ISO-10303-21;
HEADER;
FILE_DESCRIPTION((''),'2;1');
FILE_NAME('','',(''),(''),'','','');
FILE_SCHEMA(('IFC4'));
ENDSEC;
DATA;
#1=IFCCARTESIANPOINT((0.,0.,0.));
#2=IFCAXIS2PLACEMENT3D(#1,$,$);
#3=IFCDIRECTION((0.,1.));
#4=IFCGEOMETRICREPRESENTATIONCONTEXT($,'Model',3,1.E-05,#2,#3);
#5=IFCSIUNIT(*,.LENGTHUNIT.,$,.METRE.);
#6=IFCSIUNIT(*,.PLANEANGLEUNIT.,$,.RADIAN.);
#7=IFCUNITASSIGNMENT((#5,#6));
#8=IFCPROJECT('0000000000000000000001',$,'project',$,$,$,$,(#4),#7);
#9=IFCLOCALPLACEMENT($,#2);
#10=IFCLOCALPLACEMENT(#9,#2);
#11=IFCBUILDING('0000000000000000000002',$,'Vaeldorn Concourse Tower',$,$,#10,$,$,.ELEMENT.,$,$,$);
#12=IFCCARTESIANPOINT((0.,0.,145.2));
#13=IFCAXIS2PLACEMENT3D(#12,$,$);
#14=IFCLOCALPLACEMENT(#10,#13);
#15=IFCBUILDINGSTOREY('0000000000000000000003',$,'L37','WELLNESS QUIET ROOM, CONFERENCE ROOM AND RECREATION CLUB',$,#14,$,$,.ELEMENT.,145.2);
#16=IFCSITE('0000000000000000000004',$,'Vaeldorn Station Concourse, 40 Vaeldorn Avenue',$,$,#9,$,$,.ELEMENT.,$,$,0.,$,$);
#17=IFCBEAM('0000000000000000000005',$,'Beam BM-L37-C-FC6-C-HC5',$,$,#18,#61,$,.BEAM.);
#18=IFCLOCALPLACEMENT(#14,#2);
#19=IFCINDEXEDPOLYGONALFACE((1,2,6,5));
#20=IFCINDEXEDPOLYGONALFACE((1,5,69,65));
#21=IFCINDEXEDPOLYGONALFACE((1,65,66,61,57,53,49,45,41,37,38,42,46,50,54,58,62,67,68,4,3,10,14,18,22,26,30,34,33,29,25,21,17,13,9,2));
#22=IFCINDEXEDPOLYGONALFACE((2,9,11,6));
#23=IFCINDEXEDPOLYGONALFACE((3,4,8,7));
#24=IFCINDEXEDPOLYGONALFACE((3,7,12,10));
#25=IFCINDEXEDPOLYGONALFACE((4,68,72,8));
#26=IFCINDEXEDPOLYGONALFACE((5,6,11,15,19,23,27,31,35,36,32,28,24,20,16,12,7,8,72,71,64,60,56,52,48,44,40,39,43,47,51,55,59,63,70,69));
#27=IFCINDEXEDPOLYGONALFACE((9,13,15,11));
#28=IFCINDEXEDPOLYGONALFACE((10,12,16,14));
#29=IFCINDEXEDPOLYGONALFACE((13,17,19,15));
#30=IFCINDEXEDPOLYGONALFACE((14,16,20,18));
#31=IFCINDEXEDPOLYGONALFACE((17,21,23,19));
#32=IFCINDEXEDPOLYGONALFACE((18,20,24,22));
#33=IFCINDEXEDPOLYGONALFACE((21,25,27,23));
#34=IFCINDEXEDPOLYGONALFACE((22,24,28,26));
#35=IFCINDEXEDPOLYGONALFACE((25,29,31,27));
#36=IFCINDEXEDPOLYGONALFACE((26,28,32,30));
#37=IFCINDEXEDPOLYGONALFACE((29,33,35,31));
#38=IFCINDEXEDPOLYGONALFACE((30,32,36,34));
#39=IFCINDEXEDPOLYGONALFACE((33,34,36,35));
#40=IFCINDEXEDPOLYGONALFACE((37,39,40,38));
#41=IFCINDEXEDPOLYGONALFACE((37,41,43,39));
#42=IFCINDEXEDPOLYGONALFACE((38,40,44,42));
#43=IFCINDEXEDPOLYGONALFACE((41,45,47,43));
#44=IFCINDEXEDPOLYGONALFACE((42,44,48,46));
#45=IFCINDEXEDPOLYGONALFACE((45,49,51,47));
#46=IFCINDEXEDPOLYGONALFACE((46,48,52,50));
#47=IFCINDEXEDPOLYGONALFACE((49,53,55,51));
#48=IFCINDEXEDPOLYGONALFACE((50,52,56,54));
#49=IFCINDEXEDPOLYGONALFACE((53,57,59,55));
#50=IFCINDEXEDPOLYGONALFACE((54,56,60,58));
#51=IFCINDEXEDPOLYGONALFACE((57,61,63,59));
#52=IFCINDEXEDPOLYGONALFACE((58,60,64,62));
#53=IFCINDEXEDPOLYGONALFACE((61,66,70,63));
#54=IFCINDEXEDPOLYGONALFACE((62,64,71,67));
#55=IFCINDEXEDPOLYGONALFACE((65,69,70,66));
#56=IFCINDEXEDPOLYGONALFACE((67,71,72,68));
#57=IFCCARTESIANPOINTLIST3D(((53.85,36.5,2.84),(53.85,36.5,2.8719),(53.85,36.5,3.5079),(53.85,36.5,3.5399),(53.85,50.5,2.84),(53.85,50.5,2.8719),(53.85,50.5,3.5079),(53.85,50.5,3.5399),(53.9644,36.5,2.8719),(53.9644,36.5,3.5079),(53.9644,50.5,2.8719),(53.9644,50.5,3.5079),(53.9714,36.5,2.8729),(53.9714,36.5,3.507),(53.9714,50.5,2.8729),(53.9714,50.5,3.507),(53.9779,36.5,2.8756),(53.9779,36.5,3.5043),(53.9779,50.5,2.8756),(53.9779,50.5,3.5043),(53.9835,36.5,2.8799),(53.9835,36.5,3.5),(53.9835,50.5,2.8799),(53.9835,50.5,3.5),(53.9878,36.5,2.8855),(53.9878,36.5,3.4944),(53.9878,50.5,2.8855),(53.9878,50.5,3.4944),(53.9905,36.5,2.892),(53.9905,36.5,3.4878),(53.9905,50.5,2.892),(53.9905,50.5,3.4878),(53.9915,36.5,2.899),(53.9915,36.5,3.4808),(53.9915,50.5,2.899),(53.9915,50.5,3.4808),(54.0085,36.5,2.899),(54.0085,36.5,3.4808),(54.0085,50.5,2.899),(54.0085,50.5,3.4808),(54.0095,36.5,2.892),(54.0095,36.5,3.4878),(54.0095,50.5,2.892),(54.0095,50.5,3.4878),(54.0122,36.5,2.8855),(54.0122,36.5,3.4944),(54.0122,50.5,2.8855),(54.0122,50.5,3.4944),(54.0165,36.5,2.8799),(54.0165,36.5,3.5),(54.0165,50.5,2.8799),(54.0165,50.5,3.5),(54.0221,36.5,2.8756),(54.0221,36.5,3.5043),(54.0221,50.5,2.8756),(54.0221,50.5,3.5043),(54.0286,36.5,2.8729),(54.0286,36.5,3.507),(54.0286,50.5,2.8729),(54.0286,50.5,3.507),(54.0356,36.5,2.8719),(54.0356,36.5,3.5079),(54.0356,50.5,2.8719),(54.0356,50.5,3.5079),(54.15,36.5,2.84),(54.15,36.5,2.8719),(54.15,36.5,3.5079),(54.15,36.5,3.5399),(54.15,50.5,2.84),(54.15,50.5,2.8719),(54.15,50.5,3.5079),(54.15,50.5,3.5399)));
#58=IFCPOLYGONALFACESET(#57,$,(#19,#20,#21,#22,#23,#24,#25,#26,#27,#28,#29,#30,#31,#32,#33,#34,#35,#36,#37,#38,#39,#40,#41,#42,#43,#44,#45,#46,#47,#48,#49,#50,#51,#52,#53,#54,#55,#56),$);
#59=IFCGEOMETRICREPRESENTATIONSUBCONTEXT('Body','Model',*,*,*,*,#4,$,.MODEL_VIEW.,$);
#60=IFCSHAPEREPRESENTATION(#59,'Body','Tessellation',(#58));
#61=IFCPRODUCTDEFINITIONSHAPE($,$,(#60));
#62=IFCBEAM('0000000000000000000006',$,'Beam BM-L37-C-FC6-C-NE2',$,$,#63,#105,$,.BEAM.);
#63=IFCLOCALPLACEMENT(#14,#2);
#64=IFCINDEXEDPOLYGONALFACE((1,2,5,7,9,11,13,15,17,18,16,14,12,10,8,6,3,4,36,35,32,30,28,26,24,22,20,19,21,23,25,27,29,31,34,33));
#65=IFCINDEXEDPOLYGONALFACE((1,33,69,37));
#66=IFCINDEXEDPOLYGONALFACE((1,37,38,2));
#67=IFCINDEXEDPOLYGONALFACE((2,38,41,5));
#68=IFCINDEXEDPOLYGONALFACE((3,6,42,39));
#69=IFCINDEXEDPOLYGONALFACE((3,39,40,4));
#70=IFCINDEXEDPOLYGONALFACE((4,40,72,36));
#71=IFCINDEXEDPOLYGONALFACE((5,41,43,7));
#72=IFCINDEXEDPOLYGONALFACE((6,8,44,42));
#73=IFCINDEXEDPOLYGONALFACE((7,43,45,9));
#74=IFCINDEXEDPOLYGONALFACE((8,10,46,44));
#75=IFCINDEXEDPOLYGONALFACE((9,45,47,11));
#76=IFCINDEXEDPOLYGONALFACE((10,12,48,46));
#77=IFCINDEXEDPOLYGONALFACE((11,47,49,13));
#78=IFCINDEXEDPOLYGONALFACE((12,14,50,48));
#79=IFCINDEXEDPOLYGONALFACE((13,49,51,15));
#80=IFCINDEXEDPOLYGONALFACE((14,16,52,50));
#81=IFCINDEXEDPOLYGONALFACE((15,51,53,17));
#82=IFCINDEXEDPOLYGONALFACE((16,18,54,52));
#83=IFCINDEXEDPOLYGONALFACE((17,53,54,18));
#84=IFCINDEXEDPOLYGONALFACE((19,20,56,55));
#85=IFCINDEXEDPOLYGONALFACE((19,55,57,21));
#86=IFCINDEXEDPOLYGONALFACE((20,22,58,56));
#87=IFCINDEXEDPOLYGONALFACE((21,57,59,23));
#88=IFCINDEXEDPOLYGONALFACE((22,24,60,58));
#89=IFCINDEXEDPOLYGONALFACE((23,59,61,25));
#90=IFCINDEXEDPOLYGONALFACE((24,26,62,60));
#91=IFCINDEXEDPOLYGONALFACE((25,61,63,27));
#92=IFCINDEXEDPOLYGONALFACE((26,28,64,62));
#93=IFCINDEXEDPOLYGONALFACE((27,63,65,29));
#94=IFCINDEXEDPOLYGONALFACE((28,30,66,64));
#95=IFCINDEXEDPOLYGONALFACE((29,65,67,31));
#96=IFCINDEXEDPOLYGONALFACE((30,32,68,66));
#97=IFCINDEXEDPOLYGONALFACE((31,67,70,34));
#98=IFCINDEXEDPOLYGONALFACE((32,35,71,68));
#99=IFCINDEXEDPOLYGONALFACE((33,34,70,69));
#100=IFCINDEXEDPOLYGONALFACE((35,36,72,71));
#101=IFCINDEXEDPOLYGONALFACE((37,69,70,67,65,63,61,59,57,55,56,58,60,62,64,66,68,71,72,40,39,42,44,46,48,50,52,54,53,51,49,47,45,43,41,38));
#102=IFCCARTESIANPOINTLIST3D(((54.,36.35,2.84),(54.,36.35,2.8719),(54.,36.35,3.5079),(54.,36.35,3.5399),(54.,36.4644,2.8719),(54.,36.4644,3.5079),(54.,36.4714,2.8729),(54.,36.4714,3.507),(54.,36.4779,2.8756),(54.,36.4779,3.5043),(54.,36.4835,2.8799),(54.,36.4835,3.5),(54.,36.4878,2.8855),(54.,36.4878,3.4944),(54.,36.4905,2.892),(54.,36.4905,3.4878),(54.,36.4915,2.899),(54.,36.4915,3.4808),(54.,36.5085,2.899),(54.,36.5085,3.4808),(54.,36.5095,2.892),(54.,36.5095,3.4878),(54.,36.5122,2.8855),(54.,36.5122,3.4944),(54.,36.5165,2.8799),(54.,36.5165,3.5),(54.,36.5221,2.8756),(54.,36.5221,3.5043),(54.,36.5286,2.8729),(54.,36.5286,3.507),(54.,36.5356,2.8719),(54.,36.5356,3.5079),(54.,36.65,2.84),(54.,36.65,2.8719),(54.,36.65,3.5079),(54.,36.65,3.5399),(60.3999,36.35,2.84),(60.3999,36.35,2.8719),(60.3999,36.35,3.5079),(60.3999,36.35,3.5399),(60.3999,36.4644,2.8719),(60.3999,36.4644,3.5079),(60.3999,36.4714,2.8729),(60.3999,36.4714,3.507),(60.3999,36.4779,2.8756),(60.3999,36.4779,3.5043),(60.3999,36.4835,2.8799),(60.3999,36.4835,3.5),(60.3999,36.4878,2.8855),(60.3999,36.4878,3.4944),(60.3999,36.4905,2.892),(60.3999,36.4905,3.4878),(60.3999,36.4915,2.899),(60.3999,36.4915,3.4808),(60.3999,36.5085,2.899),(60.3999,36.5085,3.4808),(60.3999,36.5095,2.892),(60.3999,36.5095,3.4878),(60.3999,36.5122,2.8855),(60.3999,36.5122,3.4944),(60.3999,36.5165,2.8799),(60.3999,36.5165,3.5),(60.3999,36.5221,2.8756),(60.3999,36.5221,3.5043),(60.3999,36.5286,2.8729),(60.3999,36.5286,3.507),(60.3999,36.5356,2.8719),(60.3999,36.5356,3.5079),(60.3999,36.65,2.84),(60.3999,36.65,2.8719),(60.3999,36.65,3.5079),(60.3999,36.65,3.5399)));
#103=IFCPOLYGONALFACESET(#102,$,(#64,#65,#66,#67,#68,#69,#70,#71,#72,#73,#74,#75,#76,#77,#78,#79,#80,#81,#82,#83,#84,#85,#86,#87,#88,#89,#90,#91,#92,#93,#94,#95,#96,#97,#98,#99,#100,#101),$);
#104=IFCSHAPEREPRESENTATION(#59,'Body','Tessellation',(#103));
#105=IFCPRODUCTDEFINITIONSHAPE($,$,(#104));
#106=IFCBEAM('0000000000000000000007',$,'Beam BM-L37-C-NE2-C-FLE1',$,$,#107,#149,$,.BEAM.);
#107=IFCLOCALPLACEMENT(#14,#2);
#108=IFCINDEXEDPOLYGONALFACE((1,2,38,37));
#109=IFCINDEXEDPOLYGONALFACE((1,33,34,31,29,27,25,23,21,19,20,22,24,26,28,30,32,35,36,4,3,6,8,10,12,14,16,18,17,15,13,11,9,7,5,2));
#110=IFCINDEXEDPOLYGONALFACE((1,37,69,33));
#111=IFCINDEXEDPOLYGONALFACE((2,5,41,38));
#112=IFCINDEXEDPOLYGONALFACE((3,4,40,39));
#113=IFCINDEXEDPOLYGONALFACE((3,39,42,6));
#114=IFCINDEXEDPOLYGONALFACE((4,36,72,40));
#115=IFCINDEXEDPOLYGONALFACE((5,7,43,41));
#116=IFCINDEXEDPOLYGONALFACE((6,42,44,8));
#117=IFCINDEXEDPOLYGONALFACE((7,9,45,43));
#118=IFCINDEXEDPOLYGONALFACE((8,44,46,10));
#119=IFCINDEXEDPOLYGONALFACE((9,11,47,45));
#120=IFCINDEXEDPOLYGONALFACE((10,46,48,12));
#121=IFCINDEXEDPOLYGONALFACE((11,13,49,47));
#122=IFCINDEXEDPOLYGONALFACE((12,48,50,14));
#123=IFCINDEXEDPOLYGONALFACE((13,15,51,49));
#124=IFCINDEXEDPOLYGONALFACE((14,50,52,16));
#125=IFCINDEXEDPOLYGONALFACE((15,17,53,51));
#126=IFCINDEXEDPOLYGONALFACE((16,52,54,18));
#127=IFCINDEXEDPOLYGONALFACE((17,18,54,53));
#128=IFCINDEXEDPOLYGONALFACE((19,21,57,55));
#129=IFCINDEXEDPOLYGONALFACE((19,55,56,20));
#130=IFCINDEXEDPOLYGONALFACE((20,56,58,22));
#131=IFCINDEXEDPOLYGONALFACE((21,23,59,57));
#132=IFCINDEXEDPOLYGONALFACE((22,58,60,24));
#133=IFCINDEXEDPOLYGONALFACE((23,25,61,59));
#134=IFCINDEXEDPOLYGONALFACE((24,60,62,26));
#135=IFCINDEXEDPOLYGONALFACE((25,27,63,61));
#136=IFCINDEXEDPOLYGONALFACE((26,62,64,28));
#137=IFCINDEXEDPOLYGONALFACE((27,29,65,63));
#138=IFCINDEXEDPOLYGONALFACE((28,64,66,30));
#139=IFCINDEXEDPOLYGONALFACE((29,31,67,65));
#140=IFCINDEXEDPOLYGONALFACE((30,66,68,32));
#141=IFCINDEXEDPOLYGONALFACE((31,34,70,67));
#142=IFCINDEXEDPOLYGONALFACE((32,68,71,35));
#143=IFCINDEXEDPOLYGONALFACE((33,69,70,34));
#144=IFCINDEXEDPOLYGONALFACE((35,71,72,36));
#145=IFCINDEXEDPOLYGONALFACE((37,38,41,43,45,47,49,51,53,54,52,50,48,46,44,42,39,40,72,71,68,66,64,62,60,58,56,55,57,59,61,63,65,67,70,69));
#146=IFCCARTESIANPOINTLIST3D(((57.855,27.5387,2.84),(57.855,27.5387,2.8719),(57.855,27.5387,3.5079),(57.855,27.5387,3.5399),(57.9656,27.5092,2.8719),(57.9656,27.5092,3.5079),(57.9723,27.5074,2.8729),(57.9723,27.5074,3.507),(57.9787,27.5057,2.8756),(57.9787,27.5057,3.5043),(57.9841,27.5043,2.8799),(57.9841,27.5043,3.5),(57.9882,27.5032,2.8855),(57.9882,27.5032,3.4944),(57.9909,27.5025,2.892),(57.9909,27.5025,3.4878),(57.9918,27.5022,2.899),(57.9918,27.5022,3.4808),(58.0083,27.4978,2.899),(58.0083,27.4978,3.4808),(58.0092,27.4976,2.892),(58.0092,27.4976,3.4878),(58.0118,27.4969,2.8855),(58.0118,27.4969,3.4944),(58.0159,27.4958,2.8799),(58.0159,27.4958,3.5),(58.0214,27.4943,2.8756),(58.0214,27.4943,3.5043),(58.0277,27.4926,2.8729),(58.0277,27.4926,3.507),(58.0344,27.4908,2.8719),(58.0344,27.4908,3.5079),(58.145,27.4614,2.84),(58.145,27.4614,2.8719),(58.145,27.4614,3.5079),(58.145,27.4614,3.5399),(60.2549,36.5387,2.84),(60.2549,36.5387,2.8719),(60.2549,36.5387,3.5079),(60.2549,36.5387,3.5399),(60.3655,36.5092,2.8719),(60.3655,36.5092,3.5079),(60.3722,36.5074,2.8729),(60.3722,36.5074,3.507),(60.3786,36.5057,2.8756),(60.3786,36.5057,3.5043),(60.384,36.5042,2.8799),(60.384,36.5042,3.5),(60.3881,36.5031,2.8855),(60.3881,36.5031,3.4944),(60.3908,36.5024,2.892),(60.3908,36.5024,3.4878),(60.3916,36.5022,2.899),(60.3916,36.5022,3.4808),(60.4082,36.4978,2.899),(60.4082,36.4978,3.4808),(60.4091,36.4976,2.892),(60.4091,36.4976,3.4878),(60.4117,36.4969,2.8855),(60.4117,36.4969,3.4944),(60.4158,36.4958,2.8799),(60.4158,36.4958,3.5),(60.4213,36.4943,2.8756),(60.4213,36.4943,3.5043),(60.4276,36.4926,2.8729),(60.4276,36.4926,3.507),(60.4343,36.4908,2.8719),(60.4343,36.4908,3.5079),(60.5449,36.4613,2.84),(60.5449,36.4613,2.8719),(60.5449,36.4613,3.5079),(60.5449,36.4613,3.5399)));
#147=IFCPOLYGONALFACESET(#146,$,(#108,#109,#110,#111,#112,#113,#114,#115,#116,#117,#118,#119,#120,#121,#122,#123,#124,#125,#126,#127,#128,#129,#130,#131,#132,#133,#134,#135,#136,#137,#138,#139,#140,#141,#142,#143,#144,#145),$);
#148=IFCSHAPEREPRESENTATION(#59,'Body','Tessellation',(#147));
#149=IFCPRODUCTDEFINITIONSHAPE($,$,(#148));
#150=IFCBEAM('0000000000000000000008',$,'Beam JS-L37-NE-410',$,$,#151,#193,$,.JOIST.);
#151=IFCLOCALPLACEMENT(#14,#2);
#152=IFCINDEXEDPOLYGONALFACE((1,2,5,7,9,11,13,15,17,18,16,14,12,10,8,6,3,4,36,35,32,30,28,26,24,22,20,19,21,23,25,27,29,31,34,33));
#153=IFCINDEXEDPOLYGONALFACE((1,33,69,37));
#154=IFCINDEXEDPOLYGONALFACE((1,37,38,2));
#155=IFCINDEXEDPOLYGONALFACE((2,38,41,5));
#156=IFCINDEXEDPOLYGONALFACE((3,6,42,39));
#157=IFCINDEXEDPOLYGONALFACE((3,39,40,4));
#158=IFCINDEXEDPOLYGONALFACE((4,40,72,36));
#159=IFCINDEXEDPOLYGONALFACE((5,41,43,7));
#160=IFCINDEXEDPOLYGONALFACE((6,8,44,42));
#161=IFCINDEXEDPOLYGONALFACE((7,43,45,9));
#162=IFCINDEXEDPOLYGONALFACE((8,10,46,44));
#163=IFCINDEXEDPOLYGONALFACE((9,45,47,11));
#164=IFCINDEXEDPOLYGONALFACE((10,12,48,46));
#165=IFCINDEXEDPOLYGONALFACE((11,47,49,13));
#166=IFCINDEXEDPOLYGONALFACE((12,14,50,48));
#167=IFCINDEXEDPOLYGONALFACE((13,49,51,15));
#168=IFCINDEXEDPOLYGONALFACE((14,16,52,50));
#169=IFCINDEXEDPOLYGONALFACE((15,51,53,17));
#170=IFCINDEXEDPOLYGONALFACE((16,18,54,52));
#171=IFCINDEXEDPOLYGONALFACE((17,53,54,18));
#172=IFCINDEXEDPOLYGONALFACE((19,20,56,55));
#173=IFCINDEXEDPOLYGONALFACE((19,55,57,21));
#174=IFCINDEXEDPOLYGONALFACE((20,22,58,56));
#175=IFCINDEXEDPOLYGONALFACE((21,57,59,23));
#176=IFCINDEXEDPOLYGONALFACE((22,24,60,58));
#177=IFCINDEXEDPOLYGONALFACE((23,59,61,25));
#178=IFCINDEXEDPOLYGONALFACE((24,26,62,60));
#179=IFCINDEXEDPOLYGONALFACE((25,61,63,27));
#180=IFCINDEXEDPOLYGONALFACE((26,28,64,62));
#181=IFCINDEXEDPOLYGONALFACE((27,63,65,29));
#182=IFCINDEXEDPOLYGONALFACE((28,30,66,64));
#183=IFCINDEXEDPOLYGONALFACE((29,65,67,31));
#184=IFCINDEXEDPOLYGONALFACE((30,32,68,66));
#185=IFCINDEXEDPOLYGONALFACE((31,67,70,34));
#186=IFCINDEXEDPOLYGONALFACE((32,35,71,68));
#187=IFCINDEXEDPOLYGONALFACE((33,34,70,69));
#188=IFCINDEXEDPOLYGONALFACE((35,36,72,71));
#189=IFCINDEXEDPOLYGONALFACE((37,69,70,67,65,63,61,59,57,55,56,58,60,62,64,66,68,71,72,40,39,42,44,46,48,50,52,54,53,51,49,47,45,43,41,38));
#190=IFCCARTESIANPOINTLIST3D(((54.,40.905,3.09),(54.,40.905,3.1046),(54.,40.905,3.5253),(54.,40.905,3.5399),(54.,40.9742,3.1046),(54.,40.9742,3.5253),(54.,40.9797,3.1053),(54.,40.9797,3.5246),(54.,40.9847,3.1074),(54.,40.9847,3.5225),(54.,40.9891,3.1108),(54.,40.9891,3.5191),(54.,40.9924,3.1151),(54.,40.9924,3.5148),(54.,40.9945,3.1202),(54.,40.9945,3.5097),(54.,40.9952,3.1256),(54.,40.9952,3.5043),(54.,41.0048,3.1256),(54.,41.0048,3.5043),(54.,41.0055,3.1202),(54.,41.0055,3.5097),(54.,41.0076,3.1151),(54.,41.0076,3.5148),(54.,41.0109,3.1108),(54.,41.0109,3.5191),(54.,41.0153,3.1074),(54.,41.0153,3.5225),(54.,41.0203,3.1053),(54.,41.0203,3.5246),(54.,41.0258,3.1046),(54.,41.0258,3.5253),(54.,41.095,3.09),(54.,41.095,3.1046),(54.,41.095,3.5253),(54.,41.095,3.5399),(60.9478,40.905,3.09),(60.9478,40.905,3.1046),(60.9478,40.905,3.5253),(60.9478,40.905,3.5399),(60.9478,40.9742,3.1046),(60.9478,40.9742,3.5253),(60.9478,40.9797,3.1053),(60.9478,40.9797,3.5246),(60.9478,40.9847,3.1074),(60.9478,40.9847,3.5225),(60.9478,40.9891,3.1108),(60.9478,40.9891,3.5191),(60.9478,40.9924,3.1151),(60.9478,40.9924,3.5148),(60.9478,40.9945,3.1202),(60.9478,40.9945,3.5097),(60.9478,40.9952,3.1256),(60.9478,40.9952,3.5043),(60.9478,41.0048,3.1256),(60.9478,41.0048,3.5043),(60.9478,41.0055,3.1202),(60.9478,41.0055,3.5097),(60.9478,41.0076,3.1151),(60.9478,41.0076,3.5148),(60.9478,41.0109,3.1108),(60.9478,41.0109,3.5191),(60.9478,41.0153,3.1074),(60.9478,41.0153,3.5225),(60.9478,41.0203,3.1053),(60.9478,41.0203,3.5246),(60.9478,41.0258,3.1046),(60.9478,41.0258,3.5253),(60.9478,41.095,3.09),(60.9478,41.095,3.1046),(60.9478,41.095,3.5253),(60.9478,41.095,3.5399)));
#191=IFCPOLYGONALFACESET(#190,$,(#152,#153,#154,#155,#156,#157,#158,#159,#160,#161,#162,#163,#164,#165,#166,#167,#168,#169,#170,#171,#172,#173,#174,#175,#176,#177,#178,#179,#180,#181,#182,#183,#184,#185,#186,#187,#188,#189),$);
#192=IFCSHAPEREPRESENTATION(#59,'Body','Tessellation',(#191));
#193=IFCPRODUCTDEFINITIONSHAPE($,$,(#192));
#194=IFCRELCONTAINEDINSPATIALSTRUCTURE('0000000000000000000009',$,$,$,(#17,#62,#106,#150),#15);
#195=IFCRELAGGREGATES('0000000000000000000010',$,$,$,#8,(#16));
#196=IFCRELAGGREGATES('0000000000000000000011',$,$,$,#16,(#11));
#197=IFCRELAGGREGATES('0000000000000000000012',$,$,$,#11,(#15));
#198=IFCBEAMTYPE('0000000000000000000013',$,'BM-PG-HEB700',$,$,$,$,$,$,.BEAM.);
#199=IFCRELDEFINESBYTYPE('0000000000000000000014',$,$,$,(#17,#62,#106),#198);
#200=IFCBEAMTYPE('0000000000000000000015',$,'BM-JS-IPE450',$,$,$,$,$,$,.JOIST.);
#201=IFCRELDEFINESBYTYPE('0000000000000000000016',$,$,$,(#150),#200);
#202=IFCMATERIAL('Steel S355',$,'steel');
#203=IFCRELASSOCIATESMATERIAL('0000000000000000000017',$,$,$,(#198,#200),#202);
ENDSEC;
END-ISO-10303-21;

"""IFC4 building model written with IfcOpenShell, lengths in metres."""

from ifc_helpers import new_model, si_unit, direction, frame, origin, origin_2d, place, context, subcontext, project, spatial, i_section, extrude, source, transform, mapped, material, material_profile, profile_set, type_object, element, save


model = new_model("IFC4")

# Units and contexts
model_context = context("Model", 3, precision=1e-05, world=origin(), true_north=direction((0.0, 1.0)))
body_context = subcontext(model_context, "Body", "Model", "MODEL_VIEW")
ifc_project = project(units=[si_unit("LENGTHUNIT", "METRE"), si_unit("PLANEANGLEUNIT", "RADIAN")], contexts=[model_context])

# Site, building, storey
site_placement = place(None, origin())
site = spatial("IfcSite", under=ifc_project, at=site_placement, Name="Vaeldorn Station Concourse, 40 Vaeldorn Avenue", CompositionType="ELEMENT", RefElevation=0.0)
building_placement = place(site_placement, origin())
building = spatial("IfcBuilding", under=site, at=building_placement, Name="Vaeldorn Concourse Tower", CompositionType="ELEMENT")
storey_placement = place(building_placement, frame((0.0, 0.0, 145.2)))
storey = spatial("IfcBuildingStorey", under=building, at=storey_placement, Name="L37", Description="WELLNESS QUIET ROOM, CONFERENCE ROOM AND RECREATION CLUB", CompositionType="ELEMENT", Elevation=145.2)

# Beams
ifc_material_1 = material(Name="Steel S355", Category="steel")
ifc_material_profile_1 = material_profile(ifc_material_1, i_section(OverallWidth=0.3, OverallDepth=0.7, WebThickness=0.0171, FlangeThickness=0.032, FilletRadius=0.0271, at=origin_2d()), Name="HEB 700")
ifc_profile_set_1 = profile_set([ifc_material_profile_1], Name="Steel S355")
beam_type_1 = type_object("IfcBeamType", Name="BM-PG-HEB700", PredefinedType="BEAM", material=ifc_profile_set_1)
shared_shape_1 = source(origin(), body_context, "Body", "SweptSolid", [
    extrude(i_section(OverallWidth=0.3, OverallDepth=0.7, WebThickness=0.0171, FlangeThickness=0.032, FilletRadius=0.0271, at=origin_2d()), origin(), (0.0, 0.0, 1.0), 14.0),
])
beam_1_placement = place(storey_placement, frame((54.0, 36.5, 3.1899), z_axis=(0.0, 1.0, 0.0), x_axis=(-1.0, 0.0, 0.0)))
element("IfcBeam", 1, at=beam_1_placement, inside=storey, type_object=beam_type_1, Name="Beam BM-L37-C-FC6-C-HC5", PredefinedType="BEAM", context=body_context, shape_type="MappedRepresentation", body=[
    mapped(shared_shape_1, transform((0.0, 0.0, 0.0), scale=1.0)),
])
shared_shape_2 = source(origin(), body_context, "Body", "SweptSolid", [
    extrude(i_section(OverallWidth=0.3, OverallDepth=0.7, WebThickness=0.0171, FlangeThickness=0.032, FilletRadius=0.0271, at=origin_2d()), origin(), (0.0, 0.0, 1.0), 6.3999),
])
beam_2_placement = place(storey_placement, frame((54.0, 36.5, 3.1899), z_axis=(1.0, 0.0, 0.0), x_axis=(0.0, 1.0, 0.0)))
element("IfcBeam", 2, at=beam_2_placement, inside=storey, type_object=beam_type_1, Name="Beam BM-L37-C-FC6-C-NE2", PredefinedType="BEAM", context=body_context, shape_type="MappedRepresentation", body=[
    mapped(shared_shape_2, transform((0.0, 0.0, 0.0), scale=1.0)),
])
shared_shape_3 = source(origin(), body_context, "Body", "SweptSolid", [
    extrude(i_section(OverallWidth=0.3, OverallDepth=0.7, WebThickness=0.0171, FlangeThickness=0.032, FilletRadius=0.0271, at=origin_2d()), origin(), (0.0, 0.0, 1.0), 9.3145),
])
beam_3_placement = place(storey_placement, frame((60.3999, 36.5, 3.1899), z_axis=(-0.257653, -0.966238, 0.0), x_axis=(0.966238, -0.257653, 0.0)))
element("IfcBeam", 3, at=beam_3_placement, inside=storey, type_object=beam_type_1, Name="Beam BM-L37-C-NE2-C-FLE1", PredefinedType="BEAM", context=body_context, shape_type="MappedRepresentation", body=[
    mapped(shared_shape_3, transform((0.0, 0.0, 0.0), scale=1.0)),
])
ifc_material_profile_2 = material_profile(ifc_material_1, i_section(OverallWidth=0.1899, OverallDepth=0.45, WebThickness=0.0095, FlangeThickness=0.0146, FilletRadius=0.021, at=origin_2d()), Name="IPE 450")
ifc_profile_set_2 = profile_set([ifc_material_profile_2], Name="Steel S355")
beam_type_2 = type_object("IfcBeamType", Name="BM-JS-IPE450", PredefinedType="JOIST", material=ifc_profile_set_2)
shared_shape_4 = source(origin(), body_context, "Body", "SweptSolid", [
    extrude(i_section(OverallWidth=0.1899, OverallDepth=0.45, WebThickness=0.0095, FlangeThickness=0.0146, FilletRadius=0.021, at=origin_2d()), origin(), (0.0, 0.0, 1.0), 6.9478),
])
beam_4_placement = place(storey_placement, frame((54.0, 41.0, 3.3149), z_axis=(1.0, 0.0, 0.0), x_axis=(0.0, 1.0, 0.0)))
element("IfcBeam", 4, at=beam_4_placement, inside=storey, type_object=beam_type_2, Name="Beam JS-L37-NE-410", PredefinedType="JOIST", context=body_context, shape_type="MappedRepresentation", body=[
    mapped(shared_shape_4, transform((0.0, 0.0, 0.0), scale=1.0)),
])

save(model, "model.ifc")
